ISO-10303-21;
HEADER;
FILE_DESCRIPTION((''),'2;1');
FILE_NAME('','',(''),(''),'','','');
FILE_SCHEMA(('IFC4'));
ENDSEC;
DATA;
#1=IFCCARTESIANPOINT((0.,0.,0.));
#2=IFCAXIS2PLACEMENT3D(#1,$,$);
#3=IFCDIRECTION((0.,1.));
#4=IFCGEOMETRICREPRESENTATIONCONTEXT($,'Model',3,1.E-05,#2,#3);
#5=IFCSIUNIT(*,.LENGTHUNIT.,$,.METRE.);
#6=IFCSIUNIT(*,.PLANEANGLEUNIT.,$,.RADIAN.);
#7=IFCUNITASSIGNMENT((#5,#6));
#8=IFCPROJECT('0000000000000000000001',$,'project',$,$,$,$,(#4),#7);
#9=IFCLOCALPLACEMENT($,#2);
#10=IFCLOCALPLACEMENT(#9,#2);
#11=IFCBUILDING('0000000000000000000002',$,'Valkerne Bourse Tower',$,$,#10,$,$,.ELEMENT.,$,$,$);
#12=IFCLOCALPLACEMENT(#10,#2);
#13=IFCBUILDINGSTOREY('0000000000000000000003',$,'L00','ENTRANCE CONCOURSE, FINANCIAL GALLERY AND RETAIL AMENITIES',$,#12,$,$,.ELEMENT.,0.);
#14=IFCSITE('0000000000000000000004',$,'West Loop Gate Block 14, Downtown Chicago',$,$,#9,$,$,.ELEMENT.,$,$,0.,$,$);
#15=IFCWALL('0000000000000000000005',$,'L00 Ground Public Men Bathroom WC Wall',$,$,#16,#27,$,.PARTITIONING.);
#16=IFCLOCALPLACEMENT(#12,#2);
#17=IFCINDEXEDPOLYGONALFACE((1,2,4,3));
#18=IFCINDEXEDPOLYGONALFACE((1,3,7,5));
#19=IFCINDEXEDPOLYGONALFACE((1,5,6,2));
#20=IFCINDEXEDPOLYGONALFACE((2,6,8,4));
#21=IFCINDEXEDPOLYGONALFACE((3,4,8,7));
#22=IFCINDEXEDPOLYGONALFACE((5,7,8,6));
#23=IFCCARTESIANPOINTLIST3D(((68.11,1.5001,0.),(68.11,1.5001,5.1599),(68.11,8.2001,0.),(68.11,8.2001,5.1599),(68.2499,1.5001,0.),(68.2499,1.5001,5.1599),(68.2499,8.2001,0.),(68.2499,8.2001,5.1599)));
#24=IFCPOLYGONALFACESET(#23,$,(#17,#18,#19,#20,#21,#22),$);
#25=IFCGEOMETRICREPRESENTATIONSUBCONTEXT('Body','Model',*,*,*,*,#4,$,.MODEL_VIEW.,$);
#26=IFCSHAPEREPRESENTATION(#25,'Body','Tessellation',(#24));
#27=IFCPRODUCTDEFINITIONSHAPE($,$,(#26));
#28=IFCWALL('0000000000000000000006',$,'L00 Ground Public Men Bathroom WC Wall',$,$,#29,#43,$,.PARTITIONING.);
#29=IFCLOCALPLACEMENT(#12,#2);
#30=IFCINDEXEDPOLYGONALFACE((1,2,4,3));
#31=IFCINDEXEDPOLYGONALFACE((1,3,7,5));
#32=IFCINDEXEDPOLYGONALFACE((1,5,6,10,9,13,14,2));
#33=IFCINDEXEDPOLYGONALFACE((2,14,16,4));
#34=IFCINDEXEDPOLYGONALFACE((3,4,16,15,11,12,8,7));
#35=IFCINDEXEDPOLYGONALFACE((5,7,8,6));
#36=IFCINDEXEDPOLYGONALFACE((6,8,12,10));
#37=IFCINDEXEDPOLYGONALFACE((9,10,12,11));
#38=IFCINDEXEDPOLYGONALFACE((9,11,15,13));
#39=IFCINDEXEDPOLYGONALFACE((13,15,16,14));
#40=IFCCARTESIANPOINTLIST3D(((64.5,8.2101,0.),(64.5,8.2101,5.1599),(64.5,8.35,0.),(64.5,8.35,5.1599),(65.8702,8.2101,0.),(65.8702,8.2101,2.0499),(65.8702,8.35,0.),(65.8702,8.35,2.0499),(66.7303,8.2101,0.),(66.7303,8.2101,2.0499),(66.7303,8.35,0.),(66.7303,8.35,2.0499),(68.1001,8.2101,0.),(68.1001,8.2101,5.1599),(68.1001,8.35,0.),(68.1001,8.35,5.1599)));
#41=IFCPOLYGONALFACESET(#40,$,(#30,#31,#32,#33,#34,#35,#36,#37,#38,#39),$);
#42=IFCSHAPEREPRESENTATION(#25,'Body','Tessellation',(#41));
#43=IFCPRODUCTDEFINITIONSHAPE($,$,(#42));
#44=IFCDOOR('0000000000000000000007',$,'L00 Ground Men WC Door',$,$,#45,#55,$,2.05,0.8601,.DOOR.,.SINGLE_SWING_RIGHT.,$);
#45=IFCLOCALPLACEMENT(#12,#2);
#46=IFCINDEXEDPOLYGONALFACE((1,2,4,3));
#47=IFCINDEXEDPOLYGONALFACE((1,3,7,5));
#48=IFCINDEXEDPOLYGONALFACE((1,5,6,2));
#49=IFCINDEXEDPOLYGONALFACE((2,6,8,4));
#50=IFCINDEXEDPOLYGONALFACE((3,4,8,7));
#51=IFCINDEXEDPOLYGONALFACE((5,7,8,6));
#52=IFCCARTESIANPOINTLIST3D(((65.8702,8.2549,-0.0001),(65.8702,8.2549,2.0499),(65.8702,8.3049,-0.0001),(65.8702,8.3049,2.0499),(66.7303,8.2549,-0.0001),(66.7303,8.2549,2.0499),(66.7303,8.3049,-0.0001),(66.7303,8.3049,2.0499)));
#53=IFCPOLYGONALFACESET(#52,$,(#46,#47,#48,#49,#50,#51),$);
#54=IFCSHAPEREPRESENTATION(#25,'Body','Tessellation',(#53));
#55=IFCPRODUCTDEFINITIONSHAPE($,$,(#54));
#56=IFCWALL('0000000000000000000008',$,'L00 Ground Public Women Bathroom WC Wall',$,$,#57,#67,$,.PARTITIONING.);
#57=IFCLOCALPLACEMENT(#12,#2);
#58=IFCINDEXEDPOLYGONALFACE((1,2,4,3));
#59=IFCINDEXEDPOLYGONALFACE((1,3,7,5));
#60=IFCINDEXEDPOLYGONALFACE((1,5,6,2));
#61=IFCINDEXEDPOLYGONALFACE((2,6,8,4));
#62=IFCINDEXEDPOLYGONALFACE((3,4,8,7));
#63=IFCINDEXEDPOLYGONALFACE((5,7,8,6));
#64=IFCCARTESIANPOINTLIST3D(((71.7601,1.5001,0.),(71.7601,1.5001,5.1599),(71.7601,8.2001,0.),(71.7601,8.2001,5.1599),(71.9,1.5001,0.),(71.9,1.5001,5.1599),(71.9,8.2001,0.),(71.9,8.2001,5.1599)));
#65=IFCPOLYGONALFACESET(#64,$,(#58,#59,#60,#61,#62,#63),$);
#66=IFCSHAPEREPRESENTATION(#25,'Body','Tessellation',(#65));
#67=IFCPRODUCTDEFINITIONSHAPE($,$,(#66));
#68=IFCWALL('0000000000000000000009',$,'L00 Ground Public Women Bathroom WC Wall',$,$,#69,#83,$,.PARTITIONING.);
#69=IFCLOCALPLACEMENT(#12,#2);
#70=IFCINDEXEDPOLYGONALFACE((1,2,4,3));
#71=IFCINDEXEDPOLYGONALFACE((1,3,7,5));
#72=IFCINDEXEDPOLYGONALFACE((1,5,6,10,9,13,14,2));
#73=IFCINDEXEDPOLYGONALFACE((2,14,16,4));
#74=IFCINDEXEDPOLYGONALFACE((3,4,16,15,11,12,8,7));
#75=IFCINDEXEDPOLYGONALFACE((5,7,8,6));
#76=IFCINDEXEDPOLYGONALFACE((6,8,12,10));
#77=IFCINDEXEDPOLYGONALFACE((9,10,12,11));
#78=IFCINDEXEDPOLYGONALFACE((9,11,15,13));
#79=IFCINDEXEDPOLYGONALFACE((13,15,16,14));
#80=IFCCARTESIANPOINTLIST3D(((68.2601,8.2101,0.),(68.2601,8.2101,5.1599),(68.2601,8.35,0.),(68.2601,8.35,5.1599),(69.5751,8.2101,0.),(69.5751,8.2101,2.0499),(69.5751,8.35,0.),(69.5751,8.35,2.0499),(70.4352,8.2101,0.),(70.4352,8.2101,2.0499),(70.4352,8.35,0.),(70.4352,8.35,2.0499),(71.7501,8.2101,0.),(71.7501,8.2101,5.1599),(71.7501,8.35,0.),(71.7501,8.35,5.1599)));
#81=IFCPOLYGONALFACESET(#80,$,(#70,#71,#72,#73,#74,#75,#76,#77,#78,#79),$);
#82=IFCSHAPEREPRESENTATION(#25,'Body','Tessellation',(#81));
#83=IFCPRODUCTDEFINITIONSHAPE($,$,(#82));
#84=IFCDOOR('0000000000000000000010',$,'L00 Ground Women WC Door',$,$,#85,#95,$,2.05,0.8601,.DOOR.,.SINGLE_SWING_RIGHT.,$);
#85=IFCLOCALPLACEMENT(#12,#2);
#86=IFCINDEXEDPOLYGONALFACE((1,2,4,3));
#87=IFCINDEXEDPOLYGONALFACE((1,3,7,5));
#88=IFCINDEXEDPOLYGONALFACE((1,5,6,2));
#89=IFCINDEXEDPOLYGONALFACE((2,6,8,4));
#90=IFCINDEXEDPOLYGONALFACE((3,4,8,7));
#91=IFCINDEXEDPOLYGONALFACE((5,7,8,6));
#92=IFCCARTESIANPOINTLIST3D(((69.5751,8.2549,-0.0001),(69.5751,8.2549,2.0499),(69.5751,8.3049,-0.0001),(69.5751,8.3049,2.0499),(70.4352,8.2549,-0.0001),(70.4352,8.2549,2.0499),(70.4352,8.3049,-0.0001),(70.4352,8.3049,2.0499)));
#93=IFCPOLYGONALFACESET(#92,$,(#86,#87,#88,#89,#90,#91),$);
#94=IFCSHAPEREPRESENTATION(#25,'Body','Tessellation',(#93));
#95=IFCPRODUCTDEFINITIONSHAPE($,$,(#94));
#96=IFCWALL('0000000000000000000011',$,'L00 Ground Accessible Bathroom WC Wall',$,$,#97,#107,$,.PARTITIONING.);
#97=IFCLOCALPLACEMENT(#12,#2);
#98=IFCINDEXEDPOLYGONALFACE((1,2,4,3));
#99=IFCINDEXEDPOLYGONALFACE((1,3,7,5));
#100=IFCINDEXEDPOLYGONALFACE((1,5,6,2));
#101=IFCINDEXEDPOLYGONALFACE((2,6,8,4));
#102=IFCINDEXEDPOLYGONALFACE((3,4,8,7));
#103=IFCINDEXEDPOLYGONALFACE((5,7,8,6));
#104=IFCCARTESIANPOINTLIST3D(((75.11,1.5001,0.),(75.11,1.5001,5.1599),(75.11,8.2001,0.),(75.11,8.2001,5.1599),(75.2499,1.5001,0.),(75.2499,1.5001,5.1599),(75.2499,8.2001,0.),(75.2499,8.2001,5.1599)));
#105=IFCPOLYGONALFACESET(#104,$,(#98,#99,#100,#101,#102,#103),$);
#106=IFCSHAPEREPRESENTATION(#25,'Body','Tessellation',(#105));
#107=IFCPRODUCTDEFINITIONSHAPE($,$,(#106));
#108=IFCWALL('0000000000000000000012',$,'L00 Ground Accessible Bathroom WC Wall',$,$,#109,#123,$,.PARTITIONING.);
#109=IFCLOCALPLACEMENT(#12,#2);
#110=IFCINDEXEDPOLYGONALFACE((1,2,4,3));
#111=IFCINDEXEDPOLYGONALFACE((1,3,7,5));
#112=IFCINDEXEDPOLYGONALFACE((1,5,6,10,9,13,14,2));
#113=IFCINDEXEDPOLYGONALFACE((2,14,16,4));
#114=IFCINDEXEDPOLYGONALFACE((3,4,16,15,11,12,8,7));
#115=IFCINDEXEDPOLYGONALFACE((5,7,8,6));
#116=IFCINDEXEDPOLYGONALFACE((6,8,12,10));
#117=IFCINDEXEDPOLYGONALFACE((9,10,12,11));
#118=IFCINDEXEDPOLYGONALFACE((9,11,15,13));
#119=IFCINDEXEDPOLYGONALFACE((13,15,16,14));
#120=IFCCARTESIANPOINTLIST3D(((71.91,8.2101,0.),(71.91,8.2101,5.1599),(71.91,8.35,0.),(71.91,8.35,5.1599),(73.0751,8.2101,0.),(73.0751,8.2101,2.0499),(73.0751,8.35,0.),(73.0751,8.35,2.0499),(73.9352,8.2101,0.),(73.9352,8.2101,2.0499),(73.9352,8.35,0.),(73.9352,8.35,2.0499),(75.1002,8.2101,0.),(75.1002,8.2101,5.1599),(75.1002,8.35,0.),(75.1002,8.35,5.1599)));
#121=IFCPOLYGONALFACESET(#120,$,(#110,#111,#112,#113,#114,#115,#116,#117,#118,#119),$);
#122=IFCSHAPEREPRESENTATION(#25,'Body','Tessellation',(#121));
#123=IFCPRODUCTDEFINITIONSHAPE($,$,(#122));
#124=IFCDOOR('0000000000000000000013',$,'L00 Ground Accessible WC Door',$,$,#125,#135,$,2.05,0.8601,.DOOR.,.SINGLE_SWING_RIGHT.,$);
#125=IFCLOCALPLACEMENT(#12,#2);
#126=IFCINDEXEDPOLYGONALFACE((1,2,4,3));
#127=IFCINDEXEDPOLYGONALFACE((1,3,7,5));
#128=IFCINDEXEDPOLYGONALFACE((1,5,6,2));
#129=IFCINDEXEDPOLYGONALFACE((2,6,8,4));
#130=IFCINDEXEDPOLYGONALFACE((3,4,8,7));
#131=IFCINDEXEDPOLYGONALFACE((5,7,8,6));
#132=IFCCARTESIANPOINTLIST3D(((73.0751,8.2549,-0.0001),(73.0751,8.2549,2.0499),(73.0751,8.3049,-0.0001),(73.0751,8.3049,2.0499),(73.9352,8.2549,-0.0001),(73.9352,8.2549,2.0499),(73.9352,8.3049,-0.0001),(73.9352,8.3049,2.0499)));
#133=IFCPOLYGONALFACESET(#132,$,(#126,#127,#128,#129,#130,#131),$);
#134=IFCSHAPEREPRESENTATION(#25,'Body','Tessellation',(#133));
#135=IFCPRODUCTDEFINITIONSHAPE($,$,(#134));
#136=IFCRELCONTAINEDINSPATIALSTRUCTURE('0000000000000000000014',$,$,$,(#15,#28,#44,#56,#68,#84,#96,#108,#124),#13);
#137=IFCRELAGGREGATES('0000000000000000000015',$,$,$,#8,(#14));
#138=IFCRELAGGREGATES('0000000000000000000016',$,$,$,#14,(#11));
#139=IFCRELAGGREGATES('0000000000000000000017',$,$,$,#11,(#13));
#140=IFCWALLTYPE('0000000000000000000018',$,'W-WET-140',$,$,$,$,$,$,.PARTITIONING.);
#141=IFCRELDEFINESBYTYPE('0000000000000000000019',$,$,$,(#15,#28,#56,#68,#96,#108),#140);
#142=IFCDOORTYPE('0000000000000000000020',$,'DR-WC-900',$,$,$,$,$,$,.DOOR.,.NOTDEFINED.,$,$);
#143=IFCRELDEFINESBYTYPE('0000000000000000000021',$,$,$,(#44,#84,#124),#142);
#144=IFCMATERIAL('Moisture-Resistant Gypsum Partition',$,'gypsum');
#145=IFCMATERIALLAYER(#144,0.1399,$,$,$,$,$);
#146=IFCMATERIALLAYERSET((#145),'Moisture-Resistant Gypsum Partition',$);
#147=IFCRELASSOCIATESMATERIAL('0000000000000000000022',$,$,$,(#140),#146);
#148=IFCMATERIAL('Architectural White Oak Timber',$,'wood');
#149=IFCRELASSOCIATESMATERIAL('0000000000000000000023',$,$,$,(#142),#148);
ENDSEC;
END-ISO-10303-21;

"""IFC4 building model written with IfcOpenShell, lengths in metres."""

from ifc_helpers import new_model, si_unit, direction, frame, frame_2d, origin, place, context, subcontext, project, spatial, rectangle, extrude, material, layer, layer_set, type_object, element, fill, save


model = new_model("IFC4")

# Units and contexts
model_context = context("Model", 3, precision=1e-05, world=origin(), true_north=direction((0.0, 1.0)))
body_context = subcontext(model_context, "Body", "Model", "MODEL_VIEW")
ifc_project = project(units=[si_unit("LENGTHUNIT", "METRE"), si_unit("PLANEANGLEUNIT", "RADIAN")], contexts=[model_context])

# Site, building, storey
site_placement = place(None, origin())
site = spatial("IfcSite", under=ifc_project, at=site_placement, Name="West Loop Gate Block 14, Downtown Chicago", CompositionType="ELEMENT", RefElevation=0.0)
building_placement = place(site_placement, origin())
building = spatial("IfcBuilding", under=site, at=building_placement, Name="Valkerne Bourse Tower", CompositionType="ELEMENT")
storey_placement = place(building_placement, origin())
storey = spatial("IfcBuildingStorey", under=building, at=storey_placement, Name="L00", Description="ENTRANCE CONCOURSE, FINANCIAL GALLERY AND RETAIL AMENITIES", CompositionType="ELEMENT", Elevation=0.0)

# Wall
ifc_material_1 = material(Name="Moisture-Resistant Gypsum Partition", Category="gypsum")
ifc_layer_1 = layer(ifc_material_1, 0.1399)
ifc_layer_set_1 = layer_set([ifc_layer_1], Name="Moisture-Resistant Gypsum Partition")
wall_type_1 = type_object("IfcWallType", Name="W-WET-140", PredefinedType="PARTITIONING", material=ifc_layer_set_1)
for number, where, z_axis, x_axis, name in (
    (1, (68.1799, 1.5, 0.0), (0.0, 0.0, 1.0), (0.0, 1.0, 0.0), "L00 Ground Public Men Bathroom WC Wall"),
):
    element("IfcWall", number, at=place(storey_placement, frame(where, z_axis=z_axis, x_axis=x_axis)), inside=storey, type_object=wall_type_1, Name=name, PredefinedType="PARTITIONING", context=body_context, shape_type="SweptSolid", body=[
        extrude(rectangle(XDim=6.7, YDim=0.1399, at=frame_2d((3.3501, 0.0))), origin(), (0.0, 0.0, 1.0), 5.1599),
    ])

# Wall, opening, door
wall_1_placement = place(storey_placement, frame((64.5, 8.28, 0.0), z_axis=(0.0, 0.0, 1.0), x_axis=(1.0, 0.0, 0.0)))
wall_1 = element("IfcWall", 2, at=wall_1_placement, inside=storey, type_object=wall_type_1, Name="L00 Ground Public Men Bathroom WC Wall", PredefinedType="PARTITIONING", context=body_context, shape_type="SweptSolid", body=[
    extrude(rectangle(XDim=3.6001, YDim=0.1399, at=frame_2d((1.8, 0.0))), origin(), (0.0, 0.0, 1.0), 5.1599),
])
opening_1_placement = place(wall_1_placement, frame((1.3701, 0.0, 0.0)))
opening_1 = element("IfcOpeningElement", 3, at=opening_1_placement, cuts=wall_1, PredefinedType="OPENING", context=body_context, shape_type="SweptSolid", body=[
    extrude(rectangle(XDim=0.8601, YDim=2.05, at=frame_2d((0.4302, 1.0249))), frame((0.0, 0.0798, 0.0), z_axis=(0.0, -1.0, 0.0), x_axis=(1.0, 0.0, 0.0)), (0.0, 0.0, 1.0), 0.1599),
])
ifc_material_2 = material(Name="Architectural White Oak Timber", Category="wood")
door_type_1 = type_object("IfcDoorType", Name="DR-WC-900", OperationType="NOTDEFINED", PredefinedType="DOOR", material=ifc_material_2)
door_1_placement = place(opening_1_placement, origin())
door_1 = element("IfcDoor", 4, at=door_1_placement, inside=storey, type_object=door_type_1, Name="L00 Ground Men WC Door", OperationType="SINGLE_SWING_RIGHT", OverallHeight=2.05, OverallWidth=0.8601, PredefinedType="DOOR", context=body_context, shape_type="SweptSolid", body=[
    extrude(rectangle(XDim=0.8601, YDim=2.05, at=frame_2d((0.4302, 1.0249))), frame((0.0, 0.0249, 0.0), z_axis=(0.0, -1.0, 0.0), x_axis=(1.0, 0.0, 0.0)), (0.0, 0.0, 1.0), 0.05),
])
fill(opening_1, door_1)

# Wall
wall_2_placement = place(storey_placement, frame((71.8301, 1.5, 0.0), z_axis=(0.0, 0.0, 1.0), x_axis=(0.0, 1.0, 0.0)))
element("IfcWall", 5, at=wall_2_placement, inside=storey, type_object=wall_type_1, Name="L00 Ground Public Women Bathroom WC Wall", PredefinedType="PARTITIONING", context=body_context, shape_type="SweptSolid", body=[
    extrude(rectangle(XDim=6.7, YDim=0.1399, at=frame_2d((3.3501, 0.0))), origin(), (0.0, 0.0, 1.0), 5.1599),
])

# Wall, opening, door
wall_3_placement = place(storey_placement, frame((68.26, 8.28, 0.0), z_axis=(0.0, 0.0, 1.0), x_axis=(1.0, 0.0, 0.0)))
wall_3 = element("IfcWall", 6, at=wall_3_placement, inside=storey, type_object=wall_type_1, Name="L00 Ground Public Women Bathroom WC Wall", PredefinedType="PARTITIONING", context=body_context, shape_type="SweptSolid", body=[
    extrude(rectangle(XDim=3.49, YDim=0.1399, at=frame_2d((1.7451, 0.0))), origin(), (0.0, 0.0, 1.0), 5.1599),
])
opening_2_placement = place(wall_3_placement, frame((1.3149, 0.0, 0.0)))
opening_2 = element("IfcOpeningElement", 7, at=opening_2_placement, cuts=wall_3, PredefinedType="OPENING", context=body_context, shape_type="SweptSolid", body=[
    extrude(rectangle(XDim=0.8601, YDim=2.05, at=frame_2d((0.4302, 1.0249))), frame((0.0, 0.0798, 0.0), z_axis=(0.0, -1.0, 0.0), x_axis=(1.0, 0.0, 0.0)), (0.0, 0.0, 1.0), 0.1599),
])
door_2_placement = place(opening_2_placement, origin())
door_2 = element("IfcDoor", 8, at=door_2_placement, inside=storey, type_object=door_type_1, Name="L00 Ground Women WC Door", OperationType="SINGLE_SWING_RIGHT", OverallHeight=2.05, OverallWidth=0.8601, PredefinedType="DOOR", context=body_context, shape_type="SweptSolid", body=[
    extrude(rectangle(XDim=0.8601, YDim=2.05, at=frame_2d((0.4302, 1.0249))), frame((0.0, 0.0249, 0.0), z_axis=(0.0, -1.0, 0.0), x_axis=(1.0, 0.0, 0.0)), (0.0, 0.0, 1.0), 0.05),
])
fill(opening_2, door_2)

# Wall
wall_4_placement = place(storey_placement, frame((75.1799, 1.5, 0.0), z_axis=(0.0, 0.0, 1.0), x_axis=(0.0, 1.0, 0.0)))
element("IfcWall", 9, at=wall_4_placement, inside=storey, type_object=wall_type_1, Name="L00 Ground Accessible Bathroom WC Wall", PredefinedType="PARTITIONING", context=body_context, shape_type="SweptSolid", body=[
    extrude(rectangle(XDim=6.7, YDim=0.1399, at=frame_2d((3.3501, 0.0))), origin(), (0.0, 0.0, 1.0), 5.1599),
])

# Wall, opening, door
wall_5_placement = place(storey_placement, frame((71.9099, 8.28, 0.0), z_axis=(0.0, 0.0, 1.0), x_axis=(1.0, 0.0, 0.0)))
wall_5 = element("IfcWall", 10, at=wall_5_placement, inside=storey, type_object=wall_type_1, Name="L00 Ground Accessible Bathroom WC Wall", PredefinedType="PARTITIONING", context=body_context, shape_type="SweptSolid", body=[
    extrude(rectangle(XDim=3.1902, YDim=0.1399, at=frame_2d((1.5952, 0.0))), origin(), (0.0, 0.0, 1.0), 5.1599),
])
opening_3_placement = place(wall_5_placement, frame((1.165, 0.0, 0.0)))
opening_3 = element("IfcOpeningElement", 11, at=opening_3_placement, cuts=wall_5, PredefinedType="OPENING", context=body_context, shape_type="SweptSolid", body=[
    extrude(rectangle(XDim=0.8601, YDim=2.05, at=frame_2d((0.4302, 1.0249))), frame((0.0, 0.0798, 0.0), z_axis=(0.0, -1.0, 0.0), x_axis=(1.0, 0.0, 0.0)), (0.0, 0.0, 1.0), 0.1599),
])
door_3_placement = place(opening_3_placement, origin())
door_3 = element("IfcDoor", 12, at=door_3_placement, inside=storey, type_object=door_type_1, Name="L00 Ground Accessible WC Door", OperationType="SINGLE_SWING_RIGHT", OverallHeight=2.05, OverallWidth=0.8601, PredefinedType="DOOR", context=body_context, shape_type="SweptSolid", body=[
    extrude(rectangle(XDim=0.8601, YDim=2.05, at=frame_2d((0.4302, 1.0249))), frame((0.0, 0.0249, 0.0), z_axis=(0.0, -1.0, 0.0), x_axis=(1.0, 0.0, 0.0)), (0.0, 0.0, 1.0), 0.05),
])
fill(opening_3, door_3)

save(model, "model.ifc")
